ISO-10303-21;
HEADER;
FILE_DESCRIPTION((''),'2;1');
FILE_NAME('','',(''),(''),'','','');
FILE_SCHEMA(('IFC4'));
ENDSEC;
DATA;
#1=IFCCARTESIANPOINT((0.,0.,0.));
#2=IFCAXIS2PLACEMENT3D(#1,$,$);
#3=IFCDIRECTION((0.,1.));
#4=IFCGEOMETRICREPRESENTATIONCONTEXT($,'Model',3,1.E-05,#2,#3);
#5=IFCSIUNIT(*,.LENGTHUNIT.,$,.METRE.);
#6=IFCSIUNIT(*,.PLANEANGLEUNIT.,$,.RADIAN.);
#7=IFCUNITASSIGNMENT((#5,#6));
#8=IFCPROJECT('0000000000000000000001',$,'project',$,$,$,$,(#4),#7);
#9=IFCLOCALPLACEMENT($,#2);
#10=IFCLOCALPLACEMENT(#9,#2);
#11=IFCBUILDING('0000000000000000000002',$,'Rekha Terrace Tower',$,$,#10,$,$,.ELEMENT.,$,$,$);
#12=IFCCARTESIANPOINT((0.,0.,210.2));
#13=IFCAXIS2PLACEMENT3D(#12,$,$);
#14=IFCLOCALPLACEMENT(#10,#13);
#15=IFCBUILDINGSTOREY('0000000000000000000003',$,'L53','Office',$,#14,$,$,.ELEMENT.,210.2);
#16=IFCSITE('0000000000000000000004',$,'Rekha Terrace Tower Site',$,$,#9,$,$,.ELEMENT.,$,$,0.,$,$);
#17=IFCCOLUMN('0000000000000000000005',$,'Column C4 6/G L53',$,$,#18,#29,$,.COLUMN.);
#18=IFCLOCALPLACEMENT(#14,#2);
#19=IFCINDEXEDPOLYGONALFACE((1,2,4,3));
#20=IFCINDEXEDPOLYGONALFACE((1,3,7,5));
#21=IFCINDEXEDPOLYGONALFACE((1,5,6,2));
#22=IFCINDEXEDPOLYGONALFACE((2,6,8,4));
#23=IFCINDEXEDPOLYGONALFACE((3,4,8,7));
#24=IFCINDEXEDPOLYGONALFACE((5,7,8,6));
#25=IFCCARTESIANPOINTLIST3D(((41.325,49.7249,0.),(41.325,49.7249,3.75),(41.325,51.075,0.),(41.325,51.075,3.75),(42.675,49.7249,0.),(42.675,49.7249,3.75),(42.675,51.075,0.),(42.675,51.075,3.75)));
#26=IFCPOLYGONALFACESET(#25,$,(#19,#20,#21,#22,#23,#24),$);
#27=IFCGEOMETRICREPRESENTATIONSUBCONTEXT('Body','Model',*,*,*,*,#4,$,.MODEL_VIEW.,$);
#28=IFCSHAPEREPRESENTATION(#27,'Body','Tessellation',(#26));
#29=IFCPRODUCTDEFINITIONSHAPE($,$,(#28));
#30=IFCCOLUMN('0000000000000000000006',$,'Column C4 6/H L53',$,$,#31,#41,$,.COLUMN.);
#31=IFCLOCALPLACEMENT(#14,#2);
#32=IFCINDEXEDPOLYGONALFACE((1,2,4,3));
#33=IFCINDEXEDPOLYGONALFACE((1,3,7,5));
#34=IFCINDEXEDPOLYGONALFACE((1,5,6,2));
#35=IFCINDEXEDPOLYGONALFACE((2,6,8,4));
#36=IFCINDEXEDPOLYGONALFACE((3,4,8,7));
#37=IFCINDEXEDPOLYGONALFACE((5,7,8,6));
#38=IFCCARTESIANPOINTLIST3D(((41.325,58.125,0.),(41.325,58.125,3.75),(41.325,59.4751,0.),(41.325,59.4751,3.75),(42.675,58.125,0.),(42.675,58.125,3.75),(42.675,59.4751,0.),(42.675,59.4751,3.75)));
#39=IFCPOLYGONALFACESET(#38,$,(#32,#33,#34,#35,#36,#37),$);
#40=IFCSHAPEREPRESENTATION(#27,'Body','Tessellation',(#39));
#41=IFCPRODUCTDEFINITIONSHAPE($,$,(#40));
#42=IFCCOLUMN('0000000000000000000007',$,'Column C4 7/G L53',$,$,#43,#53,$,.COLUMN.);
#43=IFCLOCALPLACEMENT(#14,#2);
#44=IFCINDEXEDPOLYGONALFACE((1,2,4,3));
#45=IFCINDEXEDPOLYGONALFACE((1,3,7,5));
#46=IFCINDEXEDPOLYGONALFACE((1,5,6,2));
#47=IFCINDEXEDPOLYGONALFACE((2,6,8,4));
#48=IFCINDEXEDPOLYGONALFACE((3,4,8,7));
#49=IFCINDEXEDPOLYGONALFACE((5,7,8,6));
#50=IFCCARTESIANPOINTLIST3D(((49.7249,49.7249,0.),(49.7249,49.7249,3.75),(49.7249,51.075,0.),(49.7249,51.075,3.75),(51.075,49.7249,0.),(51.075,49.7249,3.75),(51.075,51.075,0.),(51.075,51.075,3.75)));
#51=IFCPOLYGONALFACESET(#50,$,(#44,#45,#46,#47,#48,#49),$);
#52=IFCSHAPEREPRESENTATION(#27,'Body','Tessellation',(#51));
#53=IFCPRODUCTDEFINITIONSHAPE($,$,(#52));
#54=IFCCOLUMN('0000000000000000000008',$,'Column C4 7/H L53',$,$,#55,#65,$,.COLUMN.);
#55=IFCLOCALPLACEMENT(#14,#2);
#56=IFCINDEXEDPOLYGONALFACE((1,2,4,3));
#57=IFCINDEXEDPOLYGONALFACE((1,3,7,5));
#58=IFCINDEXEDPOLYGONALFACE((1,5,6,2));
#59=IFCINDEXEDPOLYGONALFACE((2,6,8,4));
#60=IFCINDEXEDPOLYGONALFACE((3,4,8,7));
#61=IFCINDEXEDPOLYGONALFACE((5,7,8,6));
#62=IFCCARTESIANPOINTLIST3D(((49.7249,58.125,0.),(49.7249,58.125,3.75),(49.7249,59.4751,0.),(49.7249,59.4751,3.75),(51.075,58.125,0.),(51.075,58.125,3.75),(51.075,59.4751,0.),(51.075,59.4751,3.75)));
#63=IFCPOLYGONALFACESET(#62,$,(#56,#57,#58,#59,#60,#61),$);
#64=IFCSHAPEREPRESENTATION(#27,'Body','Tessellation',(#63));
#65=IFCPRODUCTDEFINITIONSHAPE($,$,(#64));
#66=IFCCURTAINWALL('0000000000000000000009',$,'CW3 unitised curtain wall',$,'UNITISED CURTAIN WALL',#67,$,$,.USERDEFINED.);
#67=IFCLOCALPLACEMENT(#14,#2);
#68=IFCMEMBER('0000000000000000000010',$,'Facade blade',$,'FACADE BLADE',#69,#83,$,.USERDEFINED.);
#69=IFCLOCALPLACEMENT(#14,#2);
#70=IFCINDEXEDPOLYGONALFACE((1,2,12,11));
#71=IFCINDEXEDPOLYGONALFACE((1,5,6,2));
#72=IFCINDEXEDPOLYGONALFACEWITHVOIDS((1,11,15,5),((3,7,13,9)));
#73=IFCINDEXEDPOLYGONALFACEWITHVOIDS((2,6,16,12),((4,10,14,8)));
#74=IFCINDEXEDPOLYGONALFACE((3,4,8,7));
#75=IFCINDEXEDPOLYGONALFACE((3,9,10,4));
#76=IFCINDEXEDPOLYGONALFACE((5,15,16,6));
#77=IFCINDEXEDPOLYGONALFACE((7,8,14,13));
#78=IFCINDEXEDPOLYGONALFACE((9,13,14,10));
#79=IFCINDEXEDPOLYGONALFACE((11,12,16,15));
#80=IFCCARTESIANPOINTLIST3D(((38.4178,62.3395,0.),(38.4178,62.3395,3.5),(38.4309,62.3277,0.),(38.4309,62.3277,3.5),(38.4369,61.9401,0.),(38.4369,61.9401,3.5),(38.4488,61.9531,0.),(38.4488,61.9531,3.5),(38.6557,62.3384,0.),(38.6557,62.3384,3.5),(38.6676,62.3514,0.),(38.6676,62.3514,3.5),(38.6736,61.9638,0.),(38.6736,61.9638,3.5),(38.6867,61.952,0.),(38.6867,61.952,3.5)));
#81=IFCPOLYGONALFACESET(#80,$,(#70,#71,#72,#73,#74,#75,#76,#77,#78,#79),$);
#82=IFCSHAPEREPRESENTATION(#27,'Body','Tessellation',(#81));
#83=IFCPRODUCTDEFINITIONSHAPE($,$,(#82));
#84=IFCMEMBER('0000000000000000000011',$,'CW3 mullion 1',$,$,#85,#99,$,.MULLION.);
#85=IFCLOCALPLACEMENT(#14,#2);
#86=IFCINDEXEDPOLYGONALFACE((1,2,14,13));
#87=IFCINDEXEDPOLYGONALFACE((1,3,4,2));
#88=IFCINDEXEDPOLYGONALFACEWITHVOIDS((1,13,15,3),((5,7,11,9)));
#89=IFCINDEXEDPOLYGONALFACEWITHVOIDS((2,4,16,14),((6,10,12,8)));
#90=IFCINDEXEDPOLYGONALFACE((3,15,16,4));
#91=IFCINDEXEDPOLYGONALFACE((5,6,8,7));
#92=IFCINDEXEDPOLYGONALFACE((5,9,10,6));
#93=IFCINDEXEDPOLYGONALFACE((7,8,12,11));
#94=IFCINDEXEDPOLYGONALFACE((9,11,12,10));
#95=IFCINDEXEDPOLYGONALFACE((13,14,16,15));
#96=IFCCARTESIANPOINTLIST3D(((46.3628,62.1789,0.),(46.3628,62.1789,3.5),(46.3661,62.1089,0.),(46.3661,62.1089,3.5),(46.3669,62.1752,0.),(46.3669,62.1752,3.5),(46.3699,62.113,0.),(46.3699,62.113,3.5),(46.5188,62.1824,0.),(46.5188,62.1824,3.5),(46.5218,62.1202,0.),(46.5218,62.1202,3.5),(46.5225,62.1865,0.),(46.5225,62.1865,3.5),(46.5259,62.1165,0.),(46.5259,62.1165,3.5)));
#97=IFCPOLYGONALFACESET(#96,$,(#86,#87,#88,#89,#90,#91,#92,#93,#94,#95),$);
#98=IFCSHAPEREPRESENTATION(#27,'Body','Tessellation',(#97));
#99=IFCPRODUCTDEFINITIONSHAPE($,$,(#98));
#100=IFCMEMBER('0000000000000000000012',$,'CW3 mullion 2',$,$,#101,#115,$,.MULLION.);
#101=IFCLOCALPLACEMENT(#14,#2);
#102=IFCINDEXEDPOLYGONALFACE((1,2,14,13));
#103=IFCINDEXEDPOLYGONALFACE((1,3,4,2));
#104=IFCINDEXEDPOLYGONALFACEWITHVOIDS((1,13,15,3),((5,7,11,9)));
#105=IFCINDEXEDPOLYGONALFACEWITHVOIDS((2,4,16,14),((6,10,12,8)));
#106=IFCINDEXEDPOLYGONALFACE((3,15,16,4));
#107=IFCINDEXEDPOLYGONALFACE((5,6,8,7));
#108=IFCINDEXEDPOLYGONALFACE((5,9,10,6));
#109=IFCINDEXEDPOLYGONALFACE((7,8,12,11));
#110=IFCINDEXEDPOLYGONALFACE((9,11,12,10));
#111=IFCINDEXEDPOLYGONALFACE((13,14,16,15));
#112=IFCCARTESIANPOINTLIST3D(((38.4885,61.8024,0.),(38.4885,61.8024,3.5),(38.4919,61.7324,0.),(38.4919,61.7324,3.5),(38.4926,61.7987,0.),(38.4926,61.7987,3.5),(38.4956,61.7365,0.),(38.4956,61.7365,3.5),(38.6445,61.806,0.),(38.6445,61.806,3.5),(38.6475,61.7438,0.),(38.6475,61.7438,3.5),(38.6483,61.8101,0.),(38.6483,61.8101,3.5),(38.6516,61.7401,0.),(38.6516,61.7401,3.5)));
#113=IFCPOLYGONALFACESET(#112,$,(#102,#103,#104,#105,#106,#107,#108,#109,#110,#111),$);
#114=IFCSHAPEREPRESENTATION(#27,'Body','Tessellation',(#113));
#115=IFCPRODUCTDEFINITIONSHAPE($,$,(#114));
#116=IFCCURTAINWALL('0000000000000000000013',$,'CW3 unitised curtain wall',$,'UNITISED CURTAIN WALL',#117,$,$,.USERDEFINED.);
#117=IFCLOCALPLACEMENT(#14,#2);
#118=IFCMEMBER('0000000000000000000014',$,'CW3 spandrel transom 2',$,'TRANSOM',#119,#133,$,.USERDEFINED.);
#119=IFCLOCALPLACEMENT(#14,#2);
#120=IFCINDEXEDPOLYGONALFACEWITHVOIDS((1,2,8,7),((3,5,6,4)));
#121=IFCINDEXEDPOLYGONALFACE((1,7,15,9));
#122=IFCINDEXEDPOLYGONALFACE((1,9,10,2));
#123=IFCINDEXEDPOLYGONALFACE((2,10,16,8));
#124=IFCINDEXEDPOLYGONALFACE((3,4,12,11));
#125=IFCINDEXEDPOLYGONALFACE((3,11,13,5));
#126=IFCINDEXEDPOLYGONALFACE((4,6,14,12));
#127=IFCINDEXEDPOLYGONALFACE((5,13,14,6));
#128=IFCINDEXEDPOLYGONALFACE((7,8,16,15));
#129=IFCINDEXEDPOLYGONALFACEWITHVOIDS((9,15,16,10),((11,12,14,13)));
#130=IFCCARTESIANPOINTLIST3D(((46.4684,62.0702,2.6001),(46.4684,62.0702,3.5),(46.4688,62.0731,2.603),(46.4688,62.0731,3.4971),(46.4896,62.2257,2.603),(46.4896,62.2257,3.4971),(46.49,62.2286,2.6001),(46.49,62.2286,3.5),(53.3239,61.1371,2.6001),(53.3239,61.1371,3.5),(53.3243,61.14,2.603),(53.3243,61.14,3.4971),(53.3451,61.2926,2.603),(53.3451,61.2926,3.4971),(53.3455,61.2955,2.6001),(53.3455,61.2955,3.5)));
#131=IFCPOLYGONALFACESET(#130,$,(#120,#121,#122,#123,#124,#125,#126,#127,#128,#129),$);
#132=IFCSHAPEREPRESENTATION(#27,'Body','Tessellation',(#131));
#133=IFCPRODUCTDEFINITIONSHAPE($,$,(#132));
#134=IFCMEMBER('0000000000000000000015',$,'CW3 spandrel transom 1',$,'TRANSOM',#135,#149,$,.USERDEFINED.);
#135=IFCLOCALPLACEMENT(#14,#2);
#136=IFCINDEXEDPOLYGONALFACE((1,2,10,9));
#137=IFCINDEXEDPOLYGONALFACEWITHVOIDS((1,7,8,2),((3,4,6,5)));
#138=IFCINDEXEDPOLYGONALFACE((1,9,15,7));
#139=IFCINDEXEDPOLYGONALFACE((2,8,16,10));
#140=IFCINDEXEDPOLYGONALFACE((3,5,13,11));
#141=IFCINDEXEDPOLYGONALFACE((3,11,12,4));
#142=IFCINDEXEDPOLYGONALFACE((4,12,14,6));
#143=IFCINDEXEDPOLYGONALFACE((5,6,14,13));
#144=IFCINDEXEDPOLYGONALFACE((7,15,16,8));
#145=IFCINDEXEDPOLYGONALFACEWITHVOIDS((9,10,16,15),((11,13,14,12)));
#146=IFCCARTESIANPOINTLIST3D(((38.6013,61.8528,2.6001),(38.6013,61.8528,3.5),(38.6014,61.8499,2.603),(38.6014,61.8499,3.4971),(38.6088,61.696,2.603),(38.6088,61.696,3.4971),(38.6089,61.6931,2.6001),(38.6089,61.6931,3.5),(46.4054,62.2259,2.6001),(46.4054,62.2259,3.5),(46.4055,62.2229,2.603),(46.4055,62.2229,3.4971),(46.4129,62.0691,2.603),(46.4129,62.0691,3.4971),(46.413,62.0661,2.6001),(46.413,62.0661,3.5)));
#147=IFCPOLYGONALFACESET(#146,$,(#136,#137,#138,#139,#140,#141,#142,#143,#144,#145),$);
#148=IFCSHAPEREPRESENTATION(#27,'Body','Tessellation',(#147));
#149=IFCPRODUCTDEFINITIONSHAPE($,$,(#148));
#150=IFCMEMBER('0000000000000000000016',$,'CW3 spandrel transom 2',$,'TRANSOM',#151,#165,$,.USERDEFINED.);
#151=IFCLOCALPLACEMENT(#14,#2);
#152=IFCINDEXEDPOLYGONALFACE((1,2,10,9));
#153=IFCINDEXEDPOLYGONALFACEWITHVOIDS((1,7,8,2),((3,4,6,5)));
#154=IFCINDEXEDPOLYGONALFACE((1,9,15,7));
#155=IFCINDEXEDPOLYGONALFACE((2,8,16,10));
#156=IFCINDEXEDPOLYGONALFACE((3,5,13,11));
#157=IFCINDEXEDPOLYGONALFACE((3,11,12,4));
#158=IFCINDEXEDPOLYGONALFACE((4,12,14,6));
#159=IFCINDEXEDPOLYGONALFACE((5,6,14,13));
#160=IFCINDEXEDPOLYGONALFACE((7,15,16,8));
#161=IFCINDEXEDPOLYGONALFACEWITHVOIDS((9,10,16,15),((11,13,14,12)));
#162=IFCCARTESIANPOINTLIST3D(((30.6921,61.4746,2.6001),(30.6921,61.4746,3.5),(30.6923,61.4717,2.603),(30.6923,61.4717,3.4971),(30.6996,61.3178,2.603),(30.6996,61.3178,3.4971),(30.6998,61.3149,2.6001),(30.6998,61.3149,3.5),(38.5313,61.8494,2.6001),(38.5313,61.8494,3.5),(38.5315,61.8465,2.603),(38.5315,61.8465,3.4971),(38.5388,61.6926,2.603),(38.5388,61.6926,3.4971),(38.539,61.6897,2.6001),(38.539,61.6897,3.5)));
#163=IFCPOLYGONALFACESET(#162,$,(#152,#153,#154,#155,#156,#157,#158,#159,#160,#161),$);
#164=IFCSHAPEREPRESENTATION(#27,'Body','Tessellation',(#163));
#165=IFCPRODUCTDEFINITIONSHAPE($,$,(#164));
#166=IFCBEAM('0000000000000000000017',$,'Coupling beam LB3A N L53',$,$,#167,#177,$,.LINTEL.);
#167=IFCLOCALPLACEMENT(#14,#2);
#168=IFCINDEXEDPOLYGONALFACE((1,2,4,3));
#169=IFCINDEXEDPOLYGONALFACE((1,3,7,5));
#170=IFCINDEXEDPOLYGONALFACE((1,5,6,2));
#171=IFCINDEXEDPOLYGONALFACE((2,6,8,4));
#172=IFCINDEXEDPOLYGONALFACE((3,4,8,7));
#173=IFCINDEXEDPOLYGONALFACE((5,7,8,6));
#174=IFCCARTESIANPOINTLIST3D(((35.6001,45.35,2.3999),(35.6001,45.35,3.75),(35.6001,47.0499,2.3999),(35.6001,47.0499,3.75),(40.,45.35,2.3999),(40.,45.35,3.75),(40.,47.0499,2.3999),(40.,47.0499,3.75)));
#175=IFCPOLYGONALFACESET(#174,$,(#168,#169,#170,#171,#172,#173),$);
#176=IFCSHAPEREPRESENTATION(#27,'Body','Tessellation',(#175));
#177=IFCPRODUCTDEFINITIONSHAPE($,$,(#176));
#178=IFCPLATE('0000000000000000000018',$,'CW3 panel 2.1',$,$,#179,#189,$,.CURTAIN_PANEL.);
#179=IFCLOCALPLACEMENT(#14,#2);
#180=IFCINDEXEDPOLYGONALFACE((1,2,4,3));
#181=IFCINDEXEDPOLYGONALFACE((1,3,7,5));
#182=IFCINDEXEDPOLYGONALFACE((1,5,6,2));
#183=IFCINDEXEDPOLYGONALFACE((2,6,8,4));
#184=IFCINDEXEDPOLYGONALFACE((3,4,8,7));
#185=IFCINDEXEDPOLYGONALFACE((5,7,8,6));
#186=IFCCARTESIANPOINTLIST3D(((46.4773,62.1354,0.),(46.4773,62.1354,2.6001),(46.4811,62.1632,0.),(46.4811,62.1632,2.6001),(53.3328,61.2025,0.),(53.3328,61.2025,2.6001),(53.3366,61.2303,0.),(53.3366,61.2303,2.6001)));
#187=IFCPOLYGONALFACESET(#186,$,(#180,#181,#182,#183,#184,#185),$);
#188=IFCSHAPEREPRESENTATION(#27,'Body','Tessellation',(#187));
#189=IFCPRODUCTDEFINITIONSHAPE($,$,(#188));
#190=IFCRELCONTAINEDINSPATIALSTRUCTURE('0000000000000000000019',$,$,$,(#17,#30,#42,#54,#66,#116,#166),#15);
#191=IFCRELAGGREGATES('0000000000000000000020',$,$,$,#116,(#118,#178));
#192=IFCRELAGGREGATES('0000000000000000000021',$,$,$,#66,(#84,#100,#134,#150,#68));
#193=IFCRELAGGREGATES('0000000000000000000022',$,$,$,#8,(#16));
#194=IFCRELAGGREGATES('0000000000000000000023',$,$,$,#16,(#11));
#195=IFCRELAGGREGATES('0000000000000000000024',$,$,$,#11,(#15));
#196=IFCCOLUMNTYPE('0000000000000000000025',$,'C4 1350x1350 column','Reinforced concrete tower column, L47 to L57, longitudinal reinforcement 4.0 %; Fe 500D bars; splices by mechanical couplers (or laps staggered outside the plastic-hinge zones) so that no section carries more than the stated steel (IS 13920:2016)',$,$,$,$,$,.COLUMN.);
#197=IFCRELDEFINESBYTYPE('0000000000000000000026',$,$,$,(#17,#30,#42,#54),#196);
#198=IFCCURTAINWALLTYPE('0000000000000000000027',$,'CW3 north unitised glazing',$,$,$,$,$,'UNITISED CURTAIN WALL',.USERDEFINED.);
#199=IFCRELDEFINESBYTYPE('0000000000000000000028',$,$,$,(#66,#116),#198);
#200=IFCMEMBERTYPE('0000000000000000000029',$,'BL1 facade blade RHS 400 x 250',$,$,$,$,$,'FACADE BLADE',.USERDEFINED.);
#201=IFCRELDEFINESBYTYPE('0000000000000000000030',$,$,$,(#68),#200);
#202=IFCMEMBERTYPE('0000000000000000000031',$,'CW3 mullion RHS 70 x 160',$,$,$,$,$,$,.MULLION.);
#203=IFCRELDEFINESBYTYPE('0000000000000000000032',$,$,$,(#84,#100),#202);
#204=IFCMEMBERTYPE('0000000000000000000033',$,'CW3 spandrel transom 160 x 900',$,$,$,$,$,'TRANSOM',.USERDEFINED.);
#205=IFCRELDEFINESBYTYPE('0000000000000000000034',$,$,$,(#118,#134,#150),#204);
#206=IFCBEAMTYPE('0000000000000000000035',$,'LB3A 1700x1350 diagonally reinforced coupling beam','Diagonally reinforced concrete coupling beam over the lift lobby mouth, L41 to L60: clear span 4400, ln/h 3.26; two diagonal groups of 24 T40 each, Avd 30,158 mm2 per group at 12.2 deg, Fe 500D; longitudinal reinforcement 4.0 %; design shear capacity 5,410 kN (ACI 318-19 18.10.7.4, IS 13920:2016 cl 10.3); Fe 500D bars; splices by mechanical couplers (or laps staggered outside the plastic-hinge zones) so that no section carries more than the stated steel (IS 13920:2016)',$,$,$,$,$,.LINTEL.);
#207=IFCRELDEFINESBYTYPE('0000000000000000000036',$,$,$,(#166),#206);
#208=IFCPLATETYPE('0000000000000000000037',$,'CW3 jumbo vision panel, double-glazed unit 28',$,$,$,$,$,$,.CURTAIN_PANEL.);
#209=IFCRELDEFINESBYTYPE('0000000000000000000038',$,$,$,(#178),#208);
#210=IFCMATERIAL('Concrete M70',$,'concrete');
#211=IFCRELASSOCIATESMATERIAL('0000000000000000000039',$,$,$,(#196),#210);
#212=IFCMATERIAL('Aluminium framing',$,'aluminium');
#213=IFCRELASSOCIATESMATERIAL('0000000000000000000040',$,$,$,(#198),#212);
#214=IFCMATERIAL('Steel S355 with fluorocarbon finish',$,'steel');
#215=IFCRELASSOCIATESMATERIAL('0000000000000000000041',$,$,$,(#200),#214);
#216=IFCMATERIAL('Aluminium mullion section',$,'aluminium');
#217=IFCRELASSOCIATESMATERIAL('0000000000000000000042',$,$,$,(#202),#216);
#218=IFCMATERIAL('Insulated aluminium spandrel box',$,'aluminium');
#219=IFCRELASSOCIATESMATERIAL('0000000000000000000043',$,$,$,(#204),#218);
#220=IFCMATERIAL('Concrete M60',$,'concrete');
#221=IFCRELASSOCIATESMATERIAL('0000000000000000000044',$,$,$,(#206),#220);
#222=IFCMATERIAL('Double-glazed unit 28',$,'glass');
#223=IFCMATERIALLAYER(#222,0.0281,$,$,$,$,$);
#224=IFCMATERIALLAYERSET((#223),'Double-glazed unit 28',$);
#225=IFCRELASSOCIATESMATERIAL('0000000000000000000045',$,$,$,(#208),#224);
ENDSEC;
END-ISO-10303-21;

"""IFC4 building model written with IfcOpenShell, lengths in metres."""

from ifc_helpers import new_model, si_unit, direction, frame, origin, origin_2d, place, context, subcontext, project, spatial, rectangle, hollow_rectangle, extrude, material, layer, layer_set, material_profile, profile_set, type_object, element, aggregate, save


model = new_model("IFC4")

# Units and contexts
model_context = context("Model", 3, precision=1e-05, world=origin(), true_north=direction((0.0, 1.0)))
body_context = subcontext(model_context, "Body", "Model", "MODEL_VIEW")
ifc_project = project(units=[si_unit("LENGTHUNIT", "METRE"), si_unit("PLANEANGLEUNIT", "RADIAN")], contexts=[model_context])

# Site, building, storey
site_placement = place(None, origin())
site = spatial("IfcSite", under=ifc_project, at=site_placement, Name="Rekha Terrace Tower Site", CompositionType="ELEMENT", RefElevation=0.0)
building_placement = place(site_placement, origin())
building = spatial("IfcBuilding", under=site, at=building_placement, Name="Rekha Terrace Tower", CompositionType="ELEMENT")
storey_placement = place(building_placement, frame((0.0, 0.0, 210.2)))
storey = spatial("IfcBuildingStorey", under=building, at=storey_placement, Name="L53", Description="Office", CompositionType="ELEMENT", Elevation=210.2)

# Columns
ifc_material_1 = material(Name="Concrete M70", Category="concrete")
ifc_material_profile_1 = material_profile(ifc_material_1, rectangle(XDim=1.3501, YDim=1.3501, at=origin_2d()), Name="RC 1350x1350")
ifc_profile_set_1 = profile_set([ifc_material_profile_1], Name="Concrete M70")
column_type = type_object("IfcColumnType", Name="C4 1350x1350 column", Description="Reinforced concrete tower column, L47 to L57, longitudinal reinforcement 4.0 %; Fe 500D bars; splices by mechanical couplers (or laps staggered outside the plastic-hinge zones) so that no section carries more than the stated steel (IS 13920:2016)", PredefinedType="COLUMN", material=ifc_profile_set_1)
for number, where, z_axis, x_axis, name in (
    (1, (42.0, 50.3999, 0.0), (0.0, 0.0, 1.0), (1.0, 0.0, 0.0), "Column C4 6/G L53"),
    (2, (42.0, 58.8, 0.0), (0.0, 0.0, 1.0), (1.0, 0.0, 0.0), "Column C4 6/H L53"),
    (3, (50.3999, 50.3999, 0.0), (0.0, 0.0, 1.0), (1.0, 0.0, 0.0), "Column C4 7/G L53"),
    (4, (50.3999, 58.8, 0.0), (0.0, 0.0, 1.0), (1.0, 0.0, 0.0), "Column C4 7/H L53"),
):
    element("IfcColumn", number, at=place(storey_placement, frame(where, z_axis=z_axis, x_axis=x_axis)), inside=storey, type_object=column_type, Name=name, PredefinedType="COLUMN", context=body_context, shape_type="SweptSolid", body=[
        extrude(rectangle(XDim=1.3501, YDim=1.3501, at=origin_2d()), origin(), (0.0, 0.0, 1.0), 3.75),
    ])

# Curtain wall, members
ifc_material_2 = material(Name="Aluminium framing", Category="aluminium")
curtain_wall_type = type_object("IfcCurtainWallType", Name="CW3 north unitised glazing", ElementType="UNITISED CURTAIN WALL", PredefinedType="USERDEFINED", material=ifc_material_2)
curtain_wall_1_placement = place(storey_placement, origin())
curtain_wall_1 = element("IfcCurtainWall", 5, at=curtain_wall_1_placement, inside=storey, type_object=curtain_wall_type, Name="CW3 unitised curtain wall", ObjectType="UNITISED CURTAIN WALL", PredefinedType="USERDEFINED")
ifc_material_3 = material(Name="Steel S355 with fluorocarbon finish", Category="steel")
ifc_material_profile_2 = material_profile(ifc_material_3, hollow_rectangle(XDim=0.25, YDim=0.3999, WallThickness=0.0125, at=origin_2d()), Name="RHS400x250x12.5")
ifc_profile_set_2 = profile_set([ifc_material_profile_2], Name="Steel S355 with fluorocarbon finish")
member_type_1 = type_object("IfcMemberType", Name="BL1 facade blade RHS 400 x 250", ElementType="FACADE BLADE", PredefinedType="USERDEFINED", material=ifc_profile_set_2)
member_1_placement = place(storey_placement, frame((38.5522, 62.1458, 0.0), z_axis=(0.0, 0.0, 1.0), x_axis=(-0.998859, -0.047758, 0.0)))
member_1 = element("IfcMember", 6, at=member_1_placement, type_object=member_type_1, Name="Facade blade", ObjectType="FACADE BLADE", PredefinedType="USERDEFINED", context=body_context, shape_type="SweptSolid", body=[
    extrude(hollow_rectangle(XDim=0.25, YDim=0.3999, WallThickness=0.0125, at=origin_2d()), origin(), (0.0, 0.0, 1.0), 3.5),
])
ifc_material_4 = material(Name="Aluminium mullion section", Category="aluminium")
ifc_material_profile_3 = material_profile(ifc_material_4, hollow_rectangle(XDim=0.0701, YDim=0.1599, WallThickness=0.0039, at=origin_2d()), Name="AL RHS 70x160")
ifc_profile_set_3 = profile_set([ifc_material_profile_3], Name="Aluminium mullion section")
member_type_2 = type_object("IfcMemberType", Name="CW3 mullion RHS 70 x 160", PredefinedType="MULLION", material=ifc_profile_set_3)
member_2_placement = place(storey_placement, frame((46.4443, 62.1477, 0.0), z_axis=(0.0, 0.0, 1.0), x_axis=(0.047759, -0.998859, 0.0)))
member_2 = element("IfcMember", 7, at=member_2_placement, type_object=member_type_2, Name="CW3 mullion 1", PredefinedType="MULLION", context=body_context, shape_type="SweptSolid", body=[
    extrude(hollow_rectangle(XDim=0.0701, YDim=0.1599, WallThickness=0.0039, at=origin_2d()), origin(), (0.0, 0.0, 1.0), 3.5),
])
member_3_placement = place(storey_placement, frame((38.5701, 61.7712, 0.0), z_axis=(0.0, 0.0, 1.0), x_axis=(0.047759, -0.998859, 0.0)))
member_3 = element("IfcMember", 8, at=member_3_placement, type_object=member_type_2, Name="CW3 mullion 2", PredefinedType="MULLION", context=body_context, shape_type="SweptSolid", body=[
    extrude(hollow_rectangle(XDim=0.0701, YDim=0.1599, WallThickness=0.0039, at=origin_2d()), origin(), (0.0, 0.0, 1.0), 3.5),
])

# Curtain wall, member
curtain_wall_2_placement = place(storey_placement, origin())
curtain_wall_2 = element("IfcCurtainWall", 9, at=curtain_wall_2_placement, inside=storey, type_object=curtain_wall_type, Name="CW3 unitised curtain wall", ObjectType="UNITISED CURTAIN WALL", PredefinedType="USERDEFINED")
ifc_material_5 = material(Name="Insulated aluminium spandrel box", Category="aluminium")
ifc_material_profile_4 = material_profile(ifc_material_5, hollow_rectangle(XDim=0.1599, YDim=0.8999, WallThickness=0.0029, at=origin_2d()), Name="AL SPANDREL BOX 160x900")
ifc_profile_set_4 = profile_set([ifc_material_profile_4], Name="Insulated aluminium spandrel box")
member_type_3 = type_object("IfcMemberType", Name="CW3 spandrel transom 160 x 900", ElementType="TRANSOM", PredefinedType="USERDEFINED", material=ifc_profile_set_4)
member_4_placement = place(storey_placement, frame((53.3347, 61.2163, 3.05), z_axis=(-0.990864, 0.134868, 0.0), x_axis=(-0.134868, -0.990864, 0.0)))
member_4 = element("IfcMember", 10, at=member_4_placement, type_object=member_type_3, Name="CW3 spandrel transom 2", ObjectType="TRANSOM", PredefinedType="USERDEFINED", context=body_context, shape_type="SweptSolid", body=[
    extrude(hollow_rectangle(XDim=0.1599, YDim=0.8999, WallThickness=0.0029, at=origin_2d()), origin(), (0.0, 0.0, 1.0), 6.9187),
])

# Members
member_5_placement = place(storey_placement, frame((46.4092, 62.146, 3.05), z_axis=(-0.998859, -0.047748, 0.0), x_axis=(0.047748, -0.998859, 0.0)))
member_5 = element("IfcMember", 11, at=member_5_placement, type_object=member_type_3, Name="CW3 spandrel transom 1", ObjectType="TRANSOM", PredefinedType="USERDEFINED", context=body_context, shape_type="SweptSolid", body=[
    extrude(hollow_rectangle(XDim=0.1599, YDim=0.8999, WallThickness=0.0029, at=origin_2d()), origin(), (0.0, 0.0, 1.0), 7.813),
])
member_6_placement = place(storey_placement, frame((38.5352, 61.7695, 3.05), z_axis=(-0.998859, -0.047751, 0.0), x_axis=(0.047751, -0.998859, 0.0)))
member_6 = element("IfcMember", 12, at=member_6_placement, type_object=member_type_3, Name="CW3 spandrel transom 2", ObjectType="TRANSOM", PredefinedType="USERDEFINED", context=body_context, shape_type="SweptSolid", body=[
    extrude(hollow_rectangle(XDim=0.1599, YDim=0.8999, WallThickness=0.0029, at=origin_2d()), origin(), (0.0, 0.0, 1.0), 7.8481),
])

# Beam
ifc_material_6 = material(Name="Concrete M60", Category="concrete")
ifc_material_profile_5 = material_profile(ifc_material_6, rectangle(XDim=1.7, YDim=1.3501, at=origin_2d()), Name="RC 1700x1350")
ifc_profile_set_5 = profile_set([ifc_material_profile_5], Name="Concrete M60")
beam_type = type_object("IfcBeamType", Name="LB3A 1700x1350 diagonally reinforced coupling beam", Description="Diagonally reinforced concrete coupling beam over the lift lobby mouth, L41 to L60: clear span 4400, ln/h 3.26; two diagonal groups of 24 T40 each, Avd 30,158 mm2 per group at 12.2 deg, Fe 500D; longitudinal reinforcement 4.0 %; design shear capacity 5,410 kN (ACI 318-19 18.10.7.4, IS 13920:2016 cl 10.3); Fe 500D bars; splices by mechanical couplers (or laps staggered outside the plastic-hinge zones) so that no section carries more than the stated steel (IS 13920:2016)", PredefinedType="LINTEL", material=ifc_profile_set_5)
beam_placement = place(storey_placement, frame((35.6001, 46.2, 3.075), z_axis=(1.0, 0.0, 0.0), x_axis=(0.0, 1.0, 0.0)))
element("IfcBeam", 13, at=beam_placement, inside=storey, type_object=beam_type, Name="Coupling beam LB3A N L53", PredefinedType="LINTEL", context=body_context, shape_type="SweptSolid", body=[
    extrude(rectangle(XDim=1.7, YDim=1.3501, at=origin_2d()), origin(), (0.0, 0.0, 1.0), 4.3999),
])

# Plate
ifc_material_7 = material(Name="Double-glazed unit 28", Category="glass")
ifc_layer_1 = layer(ifc_material_7, 0.0281)
ifc_layer_set_1 = layer_set([ifc_layer_1], Name="Double-glazed unit 28")
plate_type = type_object("IfcPlateType", Name="CW3 jumbo vision panel, double-glazed unit 28", PredefinedType="CURTAIN_PANEL", material=ifc_layer_set_1)
plate_1_placement = place(storey_placement, frame((49.907, 61.6829, 0.0), z_axis=(0.0, 0.0, 1.0), x_axis=(-0.990867, 0.134841, 0.0)))
plate_1 = element("IfcPlate", 14, at=plate_1_placement, type_object=plate_type, Name="CW3 panel 2.1", PredefinedType="CURTAIN_PANEL", context=body_context, shape_type="SweptSolid", body=[
    extrude(rectangle(XDim=6.9187, YDim=0.0281, at=origin_2d()), origin(), (0.0, 0.0, 1.0), 2.6001),
])
aggregate(curtain_wall_2, [member_4, plate_1])
aggregate(curtain_wall_1, [member_2, member_3, member_5, member_6, member_1])

save(model, "model.ifc")
